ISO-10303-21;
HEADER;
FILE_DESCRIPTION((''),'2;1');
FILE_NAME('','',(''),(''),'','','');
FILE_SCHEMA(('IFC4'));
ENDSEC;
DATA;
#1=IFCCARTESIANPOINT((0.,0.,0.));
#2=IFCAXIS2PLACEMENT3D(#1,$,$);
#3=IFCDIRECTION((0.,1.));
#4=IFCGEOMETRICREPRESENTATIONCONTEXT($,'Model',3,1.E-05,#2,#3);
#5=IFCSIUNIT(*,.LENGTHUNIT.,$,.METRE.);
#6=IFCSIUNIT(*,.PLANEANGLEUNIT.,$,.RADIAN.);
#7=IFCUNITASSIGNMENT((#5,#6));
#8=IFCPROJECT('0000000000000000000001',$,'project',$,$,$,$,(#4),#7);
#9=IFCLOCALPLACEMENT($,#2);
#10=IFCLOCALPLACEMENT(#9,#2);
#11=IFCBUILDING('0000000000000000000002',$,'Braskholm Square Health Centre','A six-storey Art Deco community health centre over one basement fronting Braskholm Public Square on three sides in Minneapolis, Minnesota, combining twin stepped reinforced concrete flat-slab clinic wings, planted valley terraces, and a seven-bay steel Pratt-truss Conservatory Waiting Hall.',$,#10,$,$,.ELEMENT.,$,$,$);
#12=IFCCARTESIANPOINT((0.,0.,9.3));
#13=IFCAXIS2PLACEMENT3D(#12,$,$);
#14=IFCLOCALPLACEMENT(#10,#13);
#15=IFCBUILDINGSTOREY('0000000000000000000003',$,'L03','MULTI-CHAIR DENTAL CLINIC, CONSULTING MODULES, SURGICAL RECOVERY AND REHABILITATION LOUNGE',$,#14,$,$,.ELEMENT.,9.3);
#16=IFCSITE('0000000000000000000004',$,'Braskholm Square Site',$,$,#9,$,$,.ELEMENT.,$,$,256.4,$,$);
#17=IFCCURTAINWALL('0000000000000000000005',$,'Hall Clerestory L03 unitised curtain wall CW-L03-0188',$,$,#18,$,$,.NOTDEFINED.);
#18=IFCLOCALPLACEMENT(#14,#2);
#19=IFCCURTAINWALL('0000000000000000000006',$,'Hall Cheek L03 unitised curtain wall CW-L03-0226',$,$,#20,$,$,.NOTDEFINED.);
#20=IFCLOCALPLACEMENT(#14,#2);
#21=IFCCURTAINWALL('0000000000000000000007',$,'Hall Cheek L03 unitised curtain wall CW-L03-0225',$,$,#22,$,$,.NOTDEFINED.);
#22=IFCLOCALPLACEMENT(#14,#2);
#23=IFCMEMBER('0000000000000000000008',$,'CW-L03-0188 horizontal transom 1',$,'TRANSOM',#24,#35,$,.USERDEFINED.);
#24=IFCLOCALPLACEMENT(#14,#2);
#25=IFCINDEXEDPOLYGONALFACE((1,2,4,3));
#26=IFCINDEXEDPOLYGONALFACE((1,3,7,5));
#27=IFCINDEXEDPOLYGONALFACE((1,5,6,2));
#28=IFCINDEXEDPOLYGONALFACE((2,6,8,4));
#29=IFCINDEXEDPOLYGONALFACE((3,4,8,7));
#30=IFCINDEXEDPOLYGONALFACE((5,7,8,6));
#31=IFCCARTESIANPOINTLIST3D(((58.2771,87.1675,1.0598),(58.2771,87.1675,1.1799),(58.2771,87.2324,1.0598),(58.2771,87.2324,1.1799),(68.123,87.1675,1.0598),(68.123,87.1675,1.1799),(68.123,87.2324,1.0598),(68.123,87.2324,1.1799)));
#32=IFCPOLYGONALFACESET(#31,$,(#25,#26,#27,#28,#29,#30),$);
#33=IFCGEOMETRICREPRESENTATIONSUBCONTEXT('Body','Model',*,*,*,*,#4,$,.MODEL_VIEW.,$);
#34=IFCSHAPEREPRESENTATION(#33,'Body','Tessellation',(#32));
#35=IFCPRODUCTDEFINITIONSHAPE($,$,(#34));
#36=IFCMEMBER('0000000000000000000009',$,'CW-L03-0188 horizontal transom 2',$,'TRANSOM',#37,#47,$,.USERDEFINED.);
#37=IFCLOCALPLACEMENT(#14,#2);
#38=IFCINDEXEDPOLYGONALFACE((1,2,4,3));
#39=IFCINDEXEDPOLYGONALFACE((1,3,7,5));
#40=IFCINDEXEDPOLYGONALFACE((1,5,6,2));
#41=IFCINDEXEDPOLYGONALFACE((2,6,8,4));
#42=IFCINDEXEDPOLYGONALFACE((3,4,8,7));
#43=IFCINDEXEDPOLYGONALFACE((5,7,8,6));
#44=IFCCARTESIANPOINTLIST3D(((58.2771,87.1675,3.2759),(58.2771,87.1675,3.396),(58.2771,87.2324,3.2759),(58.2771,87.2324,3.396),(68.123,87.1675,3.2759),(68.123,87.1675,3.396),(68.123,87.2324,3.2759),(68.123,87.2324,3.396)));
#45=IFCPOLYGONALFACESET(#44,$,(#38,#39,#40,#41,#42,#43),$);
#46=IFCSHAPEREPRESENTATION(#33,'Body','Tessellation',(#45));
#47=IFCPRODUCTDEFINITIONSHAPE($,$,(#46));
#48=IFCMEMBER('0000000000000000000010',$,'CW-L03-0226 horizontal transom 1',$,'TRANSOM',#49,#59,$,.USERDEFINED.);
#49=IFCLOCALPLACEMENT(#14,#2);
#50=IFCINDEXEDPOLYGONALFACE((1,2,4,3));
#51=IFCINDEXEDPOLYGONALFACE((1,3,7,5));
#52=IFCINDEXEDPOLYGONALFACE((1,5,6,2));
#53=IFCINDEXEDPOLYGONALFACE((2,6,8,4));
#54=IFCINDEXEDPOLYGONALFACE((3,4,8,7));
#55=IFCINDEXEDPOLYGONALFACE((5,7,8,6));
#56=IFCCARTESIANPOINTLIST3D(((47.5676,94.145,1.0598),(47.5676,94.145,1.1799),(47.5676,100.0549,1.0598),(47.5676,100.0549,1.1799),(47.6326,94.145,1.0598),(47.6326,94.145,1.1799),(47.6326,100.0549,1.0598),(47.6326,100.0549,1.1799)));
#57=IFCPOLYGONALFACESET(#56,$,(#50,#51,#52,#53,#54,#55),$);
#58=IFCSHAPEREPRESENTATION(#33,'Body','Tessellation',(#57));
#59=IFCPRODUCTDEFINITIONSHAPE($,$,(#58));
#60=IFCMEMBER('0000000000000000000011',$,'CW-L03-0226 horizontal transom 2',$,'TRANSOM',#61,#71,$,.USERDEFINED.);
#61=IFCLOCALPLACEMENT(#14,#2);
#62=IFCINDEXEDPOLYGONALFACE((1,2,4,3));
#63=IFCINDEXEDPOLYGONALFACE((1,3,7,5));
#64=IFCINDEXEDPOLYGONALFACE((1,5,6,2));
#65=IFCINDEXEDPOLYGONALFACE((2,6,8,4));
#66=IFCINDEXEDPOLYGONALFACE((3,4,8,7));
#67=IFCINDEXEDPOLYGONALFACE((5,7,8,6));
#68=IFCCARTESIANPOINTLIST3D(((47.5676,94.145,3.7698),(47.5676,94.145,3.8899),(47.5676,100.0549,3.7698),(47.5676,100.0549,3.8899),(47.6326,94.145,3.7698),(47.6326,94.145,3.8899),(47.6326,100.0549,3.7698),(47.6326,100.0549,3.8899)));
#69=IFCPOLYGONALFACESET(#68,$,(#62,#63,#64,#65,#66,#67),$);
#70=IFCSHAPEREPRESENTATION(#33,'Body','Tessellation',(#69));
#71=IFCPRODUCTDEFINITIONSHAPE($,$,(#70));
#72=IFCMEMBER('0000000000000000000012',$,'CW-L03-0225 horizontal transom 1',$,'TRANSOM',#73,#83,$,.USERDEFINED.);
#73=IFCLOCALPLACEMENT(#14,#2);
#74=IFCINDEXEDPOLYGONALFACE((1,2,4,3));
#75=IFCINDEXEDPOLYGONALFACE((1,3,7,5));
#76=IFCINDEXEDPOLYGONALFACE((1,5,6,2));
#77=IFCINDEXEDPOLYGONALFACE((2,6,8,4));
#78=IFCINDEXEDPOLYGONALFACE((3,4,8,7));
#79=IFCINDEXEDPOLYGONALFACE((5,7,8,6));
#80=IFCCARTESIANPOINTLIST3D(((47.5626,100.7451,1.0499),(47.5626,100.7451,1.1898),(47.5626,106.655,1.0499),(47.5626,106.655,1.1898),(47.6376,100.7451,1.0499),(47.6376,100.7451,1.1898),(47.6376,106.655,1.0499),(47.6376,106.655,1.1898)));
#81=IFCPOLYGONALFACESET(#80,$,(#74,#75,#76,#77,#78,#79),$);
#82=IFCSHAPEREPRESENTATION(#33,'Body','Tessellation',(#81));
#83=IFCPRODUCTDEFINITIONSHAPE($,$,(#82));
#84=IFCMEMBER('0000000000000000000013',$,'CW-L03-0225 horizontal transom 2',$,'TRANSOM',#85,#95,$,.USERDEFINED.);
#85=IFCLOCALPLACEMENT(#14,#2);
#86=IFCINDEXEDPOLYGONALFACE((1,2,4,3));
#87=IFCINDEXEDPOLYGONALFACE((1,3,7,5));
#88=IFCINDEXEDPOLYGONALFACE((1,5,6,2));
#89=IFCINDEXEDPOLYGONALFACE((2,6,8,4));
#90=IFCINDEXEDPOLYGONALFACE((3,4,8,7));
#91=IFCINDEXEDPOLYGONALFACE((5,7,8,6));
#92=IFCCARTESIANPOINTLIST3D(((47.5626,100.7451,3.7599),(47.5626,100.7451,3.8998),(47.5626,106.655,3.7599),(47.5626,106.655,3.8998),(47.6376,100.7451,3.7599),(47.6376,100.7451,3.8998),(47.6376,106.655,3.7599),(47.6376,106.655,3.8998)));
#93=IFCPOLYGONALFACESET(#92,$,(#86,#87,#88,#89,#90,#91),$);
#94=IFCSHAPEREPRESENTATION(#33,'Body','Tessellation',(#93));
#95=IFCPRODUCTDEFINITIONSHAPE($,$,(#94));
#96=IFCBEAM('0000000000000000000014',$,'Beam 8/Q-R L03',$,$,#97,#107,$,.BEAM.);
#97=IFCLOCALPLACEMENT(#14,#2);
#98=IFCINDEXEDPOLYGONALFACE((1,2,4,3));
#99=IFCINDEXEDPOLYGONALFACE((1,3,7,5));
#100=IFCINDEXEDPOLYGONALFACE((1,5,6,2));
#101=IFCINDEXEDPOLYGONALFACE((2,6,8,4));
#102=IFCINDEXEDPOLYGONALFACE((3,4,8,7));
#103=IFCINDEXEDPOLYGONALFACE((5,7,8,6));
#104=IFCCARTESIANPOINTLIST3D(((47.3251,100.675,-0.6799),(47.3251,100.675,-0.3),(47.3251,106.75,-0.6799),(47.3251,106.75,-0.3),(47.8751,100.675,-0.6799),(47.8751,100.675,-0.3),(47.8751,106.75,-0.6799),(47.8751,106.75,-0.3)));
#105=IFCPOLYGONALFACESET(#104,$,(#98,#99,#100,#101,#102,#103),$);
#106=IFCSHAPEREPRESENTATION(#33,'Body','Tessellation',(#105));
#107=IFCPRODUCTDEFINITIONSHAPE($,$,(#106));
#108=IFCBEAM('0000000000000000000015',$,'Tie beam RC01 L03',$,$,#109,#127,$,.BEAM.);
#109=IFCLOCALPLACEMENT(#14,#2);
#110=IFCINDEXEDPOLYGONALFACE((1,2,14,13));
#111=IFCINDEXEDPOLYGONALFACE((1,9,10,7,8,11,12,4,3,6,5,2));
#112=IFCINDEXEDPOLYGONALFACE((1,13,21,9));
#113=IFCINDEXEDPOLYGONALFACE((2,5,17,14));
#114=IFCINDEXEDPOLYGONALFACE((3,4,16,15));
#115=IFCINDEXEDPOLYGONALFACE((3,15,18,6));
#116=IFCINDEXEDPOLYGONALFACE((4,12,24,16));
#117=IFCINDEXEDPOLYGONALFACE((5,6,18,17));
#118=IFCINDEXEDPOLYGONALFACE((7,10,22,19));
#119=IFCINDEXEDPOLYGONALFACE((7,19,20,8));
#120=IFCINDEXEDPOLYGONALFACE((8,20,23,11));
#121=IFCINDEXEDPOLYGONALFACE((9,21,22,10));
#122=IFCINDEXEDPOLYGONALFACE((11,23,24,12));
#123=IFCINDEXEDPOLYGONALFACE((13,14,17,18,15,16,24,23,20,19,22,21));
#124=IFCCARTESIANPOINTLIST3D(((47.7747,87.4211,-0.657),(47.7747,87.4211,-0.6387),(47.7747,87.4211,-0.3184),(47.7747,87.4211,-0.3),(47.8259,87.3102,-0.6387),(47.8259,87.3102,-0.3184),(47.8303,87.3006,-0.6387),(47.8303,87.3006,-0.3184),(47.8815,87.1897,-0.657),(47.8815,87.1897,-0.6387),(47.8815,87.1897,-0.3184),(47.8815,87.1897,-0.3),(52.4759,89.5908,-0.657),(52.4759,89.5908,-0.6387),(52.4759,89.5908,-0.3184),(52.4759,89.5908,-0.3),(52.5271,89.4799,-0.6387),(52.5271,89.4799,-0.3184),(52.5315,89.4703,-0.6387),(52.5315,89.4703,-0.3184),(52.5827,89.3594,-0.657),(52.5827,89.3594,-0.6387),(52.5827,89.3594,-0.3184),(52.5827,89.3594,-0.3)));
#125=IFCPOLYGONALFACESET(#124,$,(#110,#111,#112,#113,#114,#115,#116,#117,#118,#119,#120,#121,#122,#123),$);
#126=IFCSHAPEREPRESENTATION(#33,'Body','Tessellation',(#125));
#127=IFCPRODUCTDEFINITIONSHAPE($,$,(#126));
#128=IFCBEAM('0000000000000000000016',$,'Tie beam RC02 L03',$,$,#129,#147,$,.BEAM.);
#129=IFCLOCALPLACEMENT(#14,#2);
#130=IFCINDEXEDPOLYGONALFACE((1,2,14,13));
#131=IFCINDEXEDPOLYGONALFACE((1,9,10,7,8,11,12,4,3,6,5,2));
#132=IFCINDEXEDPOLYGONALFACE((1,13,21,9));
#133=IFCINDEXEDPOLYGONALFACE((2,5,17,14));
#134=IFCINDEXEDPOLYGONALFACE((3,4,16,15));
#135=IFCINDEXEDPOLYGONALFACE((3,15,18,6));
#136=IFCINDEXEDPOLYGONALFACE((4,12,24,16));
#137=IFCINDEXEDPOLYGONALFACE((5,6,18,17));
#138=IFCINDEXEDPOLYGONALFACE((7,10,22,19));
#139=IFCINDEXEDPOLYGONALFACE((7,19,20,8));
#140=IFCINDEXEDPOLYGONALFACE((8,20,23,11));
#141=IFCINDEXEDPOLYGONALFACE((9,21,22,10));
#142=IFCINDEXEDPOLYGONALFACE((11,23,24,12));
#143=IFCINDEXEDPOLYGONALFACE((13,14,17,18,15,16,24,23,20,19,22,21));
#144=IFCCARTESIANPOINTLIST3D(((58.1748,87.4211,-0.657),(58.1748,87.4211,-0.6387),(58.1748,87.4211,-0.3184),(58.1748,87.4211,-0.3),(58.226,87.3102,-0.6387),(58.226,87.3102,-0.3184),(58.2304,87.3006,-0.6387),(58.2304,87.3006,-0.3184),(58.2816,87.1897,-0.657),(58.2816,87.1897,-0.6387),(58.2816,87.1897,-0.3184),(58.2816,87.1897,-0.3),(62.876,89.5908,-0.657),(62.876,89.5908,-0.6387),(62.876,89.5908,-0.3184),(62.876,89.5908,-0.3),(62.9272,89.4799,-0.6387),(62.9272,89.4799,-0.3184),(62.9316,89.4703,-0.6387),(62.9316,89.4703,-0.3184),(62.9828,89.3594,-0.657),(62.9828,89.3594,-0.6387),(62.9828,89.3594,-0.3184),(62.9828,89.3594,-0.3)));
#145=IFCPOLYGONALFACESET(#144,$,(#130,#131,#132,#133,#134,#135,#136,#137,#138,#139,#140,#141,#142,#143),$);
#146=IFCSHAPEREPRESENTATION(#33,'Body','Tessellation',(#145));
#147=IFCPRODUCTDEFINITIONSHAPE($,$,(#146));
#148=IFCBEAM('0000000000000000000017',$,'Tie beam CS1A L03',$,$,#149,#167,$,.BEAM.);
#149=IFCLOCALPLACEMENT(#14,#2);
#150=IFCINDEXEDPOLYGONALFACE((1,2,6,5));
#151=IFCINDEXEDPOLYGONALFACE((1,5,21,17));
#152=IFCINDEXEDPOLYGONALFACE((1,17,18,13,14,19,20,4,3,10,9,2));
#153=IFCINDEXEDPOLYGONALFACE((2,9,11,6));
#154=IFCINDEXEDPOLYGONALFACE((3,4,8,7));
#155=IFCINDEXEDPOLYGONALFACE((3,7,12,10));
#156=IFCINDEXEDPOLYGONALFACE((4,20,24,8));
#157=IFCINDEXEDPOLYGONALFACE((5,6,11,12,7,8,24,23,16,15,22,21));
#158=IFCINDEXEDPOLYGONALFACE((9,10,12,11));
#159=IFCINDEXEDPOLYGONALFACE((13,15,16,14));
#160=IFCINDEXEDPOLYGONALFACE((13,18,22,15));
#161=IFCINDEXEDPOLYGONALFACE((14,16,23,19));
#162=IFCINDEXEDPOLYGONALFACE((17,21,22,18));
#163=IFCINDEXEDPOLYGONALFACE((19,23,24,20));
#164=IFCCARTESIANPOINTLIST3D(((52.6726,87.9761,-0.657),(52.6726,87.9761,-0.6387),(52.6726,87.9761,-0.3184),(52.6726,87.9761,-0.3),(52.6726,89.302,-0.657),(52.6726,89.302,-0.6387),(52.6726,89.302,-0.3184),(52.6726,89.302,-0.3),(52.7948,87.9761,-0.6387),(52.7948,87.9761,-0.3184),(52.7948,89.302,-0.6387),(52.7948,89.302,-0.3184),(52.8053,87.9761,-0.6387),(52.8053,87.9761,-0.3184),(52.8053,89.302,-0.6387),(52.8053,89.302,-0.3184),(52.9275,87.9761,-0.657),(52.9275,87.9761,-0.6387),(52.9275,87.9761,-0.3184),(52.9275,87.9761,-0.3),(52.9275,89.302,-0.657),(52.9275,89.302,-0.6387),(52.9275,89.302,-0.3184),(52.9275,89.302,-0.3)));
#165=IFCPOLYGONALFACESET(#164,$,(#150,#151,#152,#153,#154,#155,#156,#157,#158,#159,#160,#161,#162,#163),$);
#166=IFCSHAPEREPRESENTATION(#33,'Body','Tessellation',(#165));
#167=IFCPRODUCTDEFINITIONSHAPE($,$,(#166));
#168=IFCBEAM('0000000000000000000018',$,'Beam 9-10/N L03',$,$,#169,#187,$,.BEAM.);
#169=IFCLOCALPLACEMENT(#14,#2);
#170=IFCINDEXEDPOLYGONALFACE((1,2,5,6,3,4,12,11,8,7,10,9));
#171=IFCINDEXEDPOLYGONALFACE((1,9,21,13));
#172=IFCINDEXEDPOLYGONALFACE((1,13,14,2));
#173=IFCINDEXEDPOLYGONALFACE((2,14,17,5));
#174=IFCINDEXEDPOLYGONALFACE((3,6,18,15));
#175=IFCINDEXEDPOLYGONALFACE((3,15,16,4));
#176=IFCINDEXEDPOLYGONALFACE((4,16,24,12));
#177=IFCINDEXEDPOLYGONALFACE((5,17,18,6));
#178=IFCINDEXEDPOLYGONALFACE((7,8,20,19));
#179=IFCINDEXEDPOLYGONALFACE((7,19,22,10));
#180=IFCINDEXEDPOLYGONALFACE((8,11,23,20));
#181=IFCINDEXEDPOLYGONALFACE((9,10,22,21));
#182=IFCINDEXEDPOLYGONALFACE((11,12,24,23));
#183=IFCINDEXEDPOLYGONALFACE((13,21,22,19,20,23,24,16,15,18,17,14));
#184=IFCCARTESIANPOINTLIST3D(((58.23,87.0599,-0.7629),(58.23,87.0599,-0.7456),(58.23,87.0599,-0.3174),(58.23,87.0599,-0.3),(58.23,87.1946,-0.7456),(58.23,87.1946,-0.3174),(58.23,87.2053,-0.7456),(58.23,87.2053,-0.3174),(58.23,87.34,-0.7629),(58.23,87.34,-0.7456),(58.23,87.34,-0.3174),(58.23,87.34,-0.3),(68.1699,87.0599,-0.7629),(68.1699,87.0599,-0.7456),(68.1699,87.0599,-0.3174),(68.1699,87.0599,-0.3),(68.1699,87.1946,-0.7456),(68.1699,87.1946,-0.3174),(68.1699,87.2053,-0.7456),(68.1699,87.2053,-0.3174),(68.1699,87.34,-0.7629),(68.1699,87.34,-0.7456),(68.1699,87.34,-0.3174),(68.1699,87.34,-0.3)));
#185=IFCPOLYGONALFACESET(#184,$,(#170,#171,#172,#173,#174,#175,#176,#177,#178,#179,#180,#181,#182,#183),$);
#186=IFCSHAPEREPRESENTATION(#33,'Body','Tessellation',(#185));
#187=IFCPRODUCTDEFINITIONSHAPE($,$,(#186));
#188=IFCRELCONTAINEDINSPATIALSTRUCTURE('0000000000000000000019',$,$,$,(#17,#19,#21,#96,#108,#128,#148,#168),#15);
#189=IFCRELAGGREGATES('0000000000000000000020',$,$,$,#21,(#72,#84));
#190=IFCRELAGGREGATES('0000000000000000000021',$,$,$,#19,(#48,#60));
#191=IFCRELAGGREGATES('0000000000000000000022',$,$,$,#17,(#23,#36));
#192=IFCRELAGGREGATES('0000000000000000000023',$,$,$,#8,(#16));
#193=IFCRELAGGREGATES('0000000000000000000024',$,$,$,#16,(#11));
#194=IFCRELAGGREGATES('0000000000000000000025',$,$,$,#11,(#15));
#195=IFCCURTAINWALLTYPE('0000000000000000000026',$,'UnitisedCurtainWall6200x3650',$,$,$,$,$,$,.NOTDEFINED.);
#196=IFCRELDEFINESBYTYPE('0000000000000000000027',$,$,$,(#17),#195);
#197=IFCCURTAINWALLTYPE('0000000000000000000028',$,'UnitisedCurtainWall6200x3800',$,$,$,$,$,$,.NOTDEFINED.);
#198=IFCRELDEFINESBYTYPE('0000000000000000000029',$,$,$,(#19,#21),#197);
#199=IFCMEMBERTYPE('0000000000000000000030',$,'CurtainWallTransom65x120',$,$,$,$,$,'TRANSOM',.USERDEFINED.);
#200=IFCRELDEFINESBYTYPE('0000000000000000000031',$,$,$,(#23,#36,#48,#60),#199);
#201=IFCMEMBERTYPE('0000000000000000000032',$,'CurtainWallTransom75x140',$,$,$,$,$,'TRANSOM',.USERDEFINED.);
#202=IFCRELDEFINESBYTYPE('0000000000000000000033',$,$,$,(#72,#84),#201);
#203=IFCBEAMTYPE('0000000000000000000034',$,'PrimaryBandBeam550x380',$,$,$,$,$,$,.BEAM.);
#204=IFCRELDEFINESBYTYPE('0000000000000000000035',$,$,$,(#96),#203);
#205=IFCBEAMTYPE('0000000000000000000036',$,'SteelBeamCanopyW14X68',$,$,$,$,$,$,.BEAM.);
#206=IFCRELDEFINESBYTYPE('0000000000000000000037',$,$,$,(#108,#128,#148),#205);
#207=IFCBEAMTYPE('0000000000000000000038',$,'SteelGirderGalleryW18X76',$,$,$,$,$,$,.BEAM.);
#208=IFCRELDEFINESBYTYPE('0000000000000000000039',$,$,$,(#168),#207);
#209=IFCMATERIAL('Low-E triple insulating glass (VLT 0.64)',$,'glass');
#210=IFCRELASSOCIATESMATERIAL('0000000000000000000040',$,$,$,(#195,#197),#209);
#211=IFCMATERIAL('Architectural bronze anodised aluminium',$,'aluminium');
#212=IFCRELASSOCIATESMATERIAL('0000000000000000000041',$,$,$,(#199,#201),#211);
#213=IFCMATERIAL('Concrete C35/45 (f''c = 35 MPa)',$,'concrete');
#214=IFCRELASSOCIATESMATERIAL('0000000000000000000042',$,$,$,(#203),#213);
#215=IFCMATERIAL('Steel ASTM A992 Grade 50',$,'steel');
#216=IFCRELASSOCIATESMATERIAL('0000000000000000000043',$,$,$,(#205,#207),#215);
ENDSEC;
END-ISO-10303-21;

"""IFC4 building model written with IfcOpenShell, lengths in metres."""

from ifc_helpers import new_model, si_unit, direction, frame, origin, origin_2d, place, context, subcontext, project, spatial, rectangle, i_section, extrude, material, material_profile, profile_set, type_object, element, aggregate, save


model = new_model("IFC4")

# Units and contexts
model_context = context("Model", 3, precision=1e-05, world=origin(), true_north=direction((0.0, 1.0)))
body_context = subcontext(model_context, "Body", "Model", "MODEL_VIEW")
ifc_project = project(units=[si_unit("LENGTHUNIT", "METRE"), si_unit("PLANEANGLEUNIT", "RADIAN")], contexts=[model_context])

# Site, building, storey
site_placement = place(None, origin())
site = spatial("IfcSite", under=ifc_project, at=site_placement, Name="Braskholm Square Site", CompositionType="ELEMENT", RefElevation=256.4)
building_placement = place(site_placement, origin())
building = spatial("IfcBuilding", under=site, at=building_placement, Name="Braskholm Square Health Centre", Description="A six-storey Art Deco community health centre over one basement fronting Braskholm Public Square on three sides in Minneapolis, Minnesota, combining twin stepped reinforced concrete flat-slab clinic wings, planted valley terraces, and a seven-bay steel Pratt-truss Conservatory Waiting Hall.", CompositionType="ELEMENT")
storey_placement = place(building_placement, frame((0.0, 0.0, 9.3)))
storey = spatial("IfcBuildingStorey", under=building, at=storey_placement, Name="L03", Description="MULTI-CHAIR DENTAL CLINIC, CONSULTING MODULES, SURGICAL RECOVERY AND REHABILITATION LOUNGE", CompositionType="ELEMENT", Elevation=9.3)

# Curtain wall
ifc_material_1 = material(Name="Low-E triple insulating glass (VLT 0.64)", Category="glass")
curtain_wall_type_1 = type_object("IfcCurtainWallType", Name="UnitisedCurtainWall6200x3650", PredefinedType="NOTDEFINED", material=ifc_material_1)
curtain_wall_1_placement = place(storey_placement, origin())
curtain_wall_1 = element("IfcCurtainWall", 1, at=curtain_wall_1_placement, inside=storey, type_object=curtain_wall_type_1, Name="Hall Clerestory L03 unitised curtain wall CW-L03-0188", PredefinedType="NOTDEFINED")
ifc_material_2 = material(Name="Architectural bronze anodised aluminium", Category="aluminium")

# Curtain wall
curtain_wall_type_2 = type_object("IfcCurtainWallType", Name="UnitisedCurtainWall6200x3800", PredefinedType="NOTDEFINED", material=ifc_material_1)
curtain_wall_2_placement = place(storey_placement, origin())
curtain_wall_2 = element("IfcCurtainWall", 2, at=curtain_wall_2_placement, inside=storey, type_object=curtain_wall_type_2, Name="Hall Cheek L03 unitised curtain wall CW-L03-0226", PredefinedType="NOTDEFINED")

# Curtain wall
curtain_wall_3_placement = place(storey_placement, origin())
curtain_wall_3 = element("IfcCurtainWall", 3, at=curtain_wall_3_placement, inside=storey, type_object=curtain_wall_type_2, Name="Hall Cheek L03 unitised curtain wall CW-L03-0225", PredefinedType="NOTDEFINED")

# Members
ifc_material_profile_1 = material_profile(ifc_material_2, rectangle(XDim=0.0649, YDim=0.1201, at=origin_2d()), Name="ALU-65X120")
ifc_profile_set_1 = profile_set([ifc_material_profile_1], Name="Architectural bronze anodised aluminium")
member_type_1 = type_object("IfcMemberType", Name="CurtainWallTransom65x120", ElementType="TRANSOM", PredefinedType="USERDEFINED", material=ifc_profile_set_1)
member_1_placement = place(storey_placement, frame((58.2771, 87.2, 1.1199), z_axis=(1.0, 0.0, 0.0), x_axis=(0.0, 1.0, 0.0)))
member_1 = element("IfcMember", 4, at=member_1_placement, type_object=member_type_1, Name="CW-L03-0188 horizontal transom 1", ObjectType="TRANSOM", PredefinedType="USERDEFINED", context=body_context, shape_type="SweptSolid", body=[
    extrude(rectangle(XDim=0.0649, YDim=0.1201, at=origin_2d()), origin(), (0.0, 0.0, 1.0), 9.8459),
])
member_2_placement = place(storey_placement, frame((58.2771, 87.2, 3.3359), z_axis=(1.0, 0.0, 0.0), x_axis=(0.0, 1.0, 0.0)))
member_2 = element("IfcMember", 5, at=member_2_placement, type_object=member_type_1, Name="CW-L03-0188 horizontal transom 2", ObjectType="TRANSOM", PredefinedType="USERDEFINED", context=body_context, shape_type="SweptSolid", body=[
    extrude(rectangle(XDim=0.0649, YDim=0.1201, at=origin_2d()), origin(), (0.0, 0.0, 1.0), 9.8459),
])
member_3_placement = place(storey_placement, frame((47.6001, 100.0549, 1.1199), z_axis=(0.0, -1.0, 0.0), x_axis=(1.0, 0.0, 0.0)))
member_3 = element("IfcMember", 6, at=member_3_placement, type_object=member_type_1, Name="CW-L03-0226 horizontal transom 1", ObjectType="TRANSOM", PredefinedType="USERDEFINED", context=body_context, shape_type="SweptSolid", body=[
    extrude(rectangle(XDim=0.0649, YDim=0.1201, at=origin_2d()), origin(), (0.0, 0.0, 1.0), 5.9099),
])
member_4_placement = place(storey_placement, frame((47.6001, 100.0549, 3.8298), z_axis=(0.0, -1.0, 0.0), x_axis=(1.0, 0.0, 0.0)))
member_4 = element("IfcMember", 7, at=member_4_placement, type_object=member_type_1, Name="CW-L03-0226 horizontal transom 2", ObjectType="TRANSOM", PredefinedType="USERDEFINED", context=body_context, shape_type="SweptSolid", body=[
    extrude(rectangle(XDim=0.0649, YDim=0.1201, at=origin_2d()), origin(), (0.0, 0.0, 1.0), 5.9099),
])
ifc_material_profile_2 = material_profile(ifc_material_2, rectangle(XDim=0.075, YDim=0.1399, at=origin_2d()), Name="ALU-75X140")
ifc_profile_set_2 = profile_set([ifc_material_profile_2], Name="Architectural bronze anodised aluminium")
member_type_2 = type_object("IfcMemberType", Name="CurtainWallTransom75x140", ElementType="TRANSOM", PredefinedType="USERDEFINED", material=ifc_profile_set_2)
member_5_placement = place(storey_placement, frame((47.6001, 106.655, 1.1199), z_axis=(0.0, -1.0, 0.0), x_axis=(1.0, 0.0, 0.0)))
member_5 = element("IfcMember", 8, at=member_5_placement, type_object=member_type_2, Name="CW-L03-0225 horizontal transom 1", ObjectType="TRANSOM", PredefinedType="USERDEFINED", context=body_context, shape_type="SweptSolid", body=[
    extrude(rectangle(XDim=0.075, YDim=0.1399, at=origin_2d()), origin(), (0.0, 0.0, 1.0), 5.9099),
])
member_6_placement = place(storey_placement, frame((47.6001, 106.655, 3.8298), z_axis=(0.0, -1.0, 0.0), x_axis=(1.0, 0.0, 0.0)))
member_6 = element("IfcMember", 9, at=member_6_placement, type_object=member_type_2, Name="CW-L03-0225 horizontal transom 2", ObjectType="TRANSOM", PredefinedType="USERDEFINED", context=body_context, shape_type="SweptSolid", body=[
    extrude(rectangle(XDim=0.075, YDim=0.1399, at=origin_2d()), origin(), (0.0, 0.0, 1.0), 5.9099),
])

# Beams
ifc_material_3 = material(Name="Concrete C35/45 (f'c = 35 MPa)", Category="concrete")
ifc_material_profile_3 = material_profile(ifc_material_3, rectangle(XDim=0.55, YDim=0.3799, at=origin_2d()), Name="RCB-550X380")
ifc_profile_set_3 = profile_set([ifc_material_profile_3], Name="Concrete C35/45 (f'c = 35 MPa)")
beam_type_1 = type_object("IfcBeamType", Name="PrimaryBandBeam550x380", PredefinedType="BEAM", material=ifc_profile_set_3)
beam_1_placement = place(storey_placement, frame((47.6001, 100.675, -0.49), z_axis=(0.0, 1.0, 0.0), x_axis=(-1.0, 0.0, 0.0)))
element("IfcBeam", 10, at=beam_1_placement, inside=storey, type_object=beam_type_1, Name="Beam 8/Q-R L03", PredefinedType="BEAM", context=body_context, shape_type="SweptSolid", body=[
    extrude(rectangle(XDim=0.55, YDim=0.3799, at=origin_2d()), origin(), (0.0, 0.0, 1.0), 6.075),
])
ifc_material_4 = material(Name="Steel ASTM A992 Grade 50", Category="steel")
ifc_material_profile_4 = material_profile(ifc_material_4, i_section(OverallWidth=0.2549, OverallDepth=0.3569, WebThickness=0.0105, FlangeThickness=0.0183, at=origin_2d()), Name="W14X68")
ifc_profile_set_4 = profile_set([ifc_material_profile_4], Name="Steel ASTM A992 Grade 50")
beam_type_2 = type_object("IfcBeamType", Name="SteelBeamCanopyW14X68", PredefinedType="BEAM", material=ifc_profile_set_4)
for number, where, z_axis, x_axis, name in (
    (11, (52.5293, 89.4751, -0.4785), (-0.907966, -0.419043, 0.0), (0.419043, -0.907966, 0.0), "Tie beam RC01 L03"),
    (12, (62.9294, 89.4751, -0.4785), (-0.907966, -0.419043, 0.0), (0.419043, -0.907966, 0.0), "Tie beam RC02 L03"),
):
    element("IfcBeam", number, at=place(storey_placement, frame(where, z_axis=z_axis, x_axis=x_axis)), inside=storey, type_object=beam_type_2, Name=name, PredefinedType="BEAM", context=body_context, shape_type="SweptSolid", body=[
        extrude(i_section(OverallWidth=0.2549, OverallDepth=0.3569, WebThickness=0.0105, FlangeThickness=0.0183, at=origin_2d()), origin(), (0.0, 0.0, 1.0), 5.1777),
    ])
beam_2_placement = place(storey_placement, frame((52.8, 87.9761, -0.4785), z_axis=(0.0, 1.0, 0.0), x_axis=(-1.0, 0.0, 0.0)))
element("IfcBeam", 13, at=beam_2_placement, inside=storey, type_object=beam_type_2, Name="Tie beam CS1A L03", PredefinedType="BEAM", context=body_context, shape_type="SweptSolid", body=[
    extrude(i_section(OverallWidth=0.2549, OverallDepth=0.3569, WebThickness=0.0105, FlangeThickness=0.0183, at=origin_2d()), origin(), (0.0, 0.0, 1.0), 1.3259),
])
ifc_material_profile_5 = material_profile(ifc_material_4, i_section(OverallWidth=0.28, OverallDepth=0.4629, WebThickness=0.0107, FlangeThickness=0.0173, at=origin_2d()), Name="W18X76")
ifc_profile_set_5 = profile_set([ifc_material_profile_5], Name="Steel ASTM A992 Grade 50")
beam_type_3 = type_object("IfcBeamType", Name="SteelGirderGalleryW18X76", PredefinedType="BEAM", material=ifc_profile_set_5)
beam_3_placement = place(storey_placement, frame((58.23, 87.2, -0.5315), z_axis=(1.0, 0.0, 0.0), x_axis=(0.0, 1.0, 0.0)))
element("IfcBeam", 14, at=beam_3_placement, inside=storey, type_object=beam_type_3, Name="Beam 9-10/N L03", PredefinedType="BEAM", context=body_context, shape_type="SweptSolid", body=[
    extrude(i_section(OverallWidth=0.28, OverallDepth=0.4629, WebThickness=0.0107, FlangeThickness=0.0173, at=origin_2d()), origin(), (0.0, 0.0, 1.0), 9.9399),
])

aggregate(curtain_wall_3, [member_5, member_6])
aggregate(curtain_wall_2, [member_3, member_4])
aggregate(curtain_wall_1, [member_1, member_2])

save(model, "model.ifc")
